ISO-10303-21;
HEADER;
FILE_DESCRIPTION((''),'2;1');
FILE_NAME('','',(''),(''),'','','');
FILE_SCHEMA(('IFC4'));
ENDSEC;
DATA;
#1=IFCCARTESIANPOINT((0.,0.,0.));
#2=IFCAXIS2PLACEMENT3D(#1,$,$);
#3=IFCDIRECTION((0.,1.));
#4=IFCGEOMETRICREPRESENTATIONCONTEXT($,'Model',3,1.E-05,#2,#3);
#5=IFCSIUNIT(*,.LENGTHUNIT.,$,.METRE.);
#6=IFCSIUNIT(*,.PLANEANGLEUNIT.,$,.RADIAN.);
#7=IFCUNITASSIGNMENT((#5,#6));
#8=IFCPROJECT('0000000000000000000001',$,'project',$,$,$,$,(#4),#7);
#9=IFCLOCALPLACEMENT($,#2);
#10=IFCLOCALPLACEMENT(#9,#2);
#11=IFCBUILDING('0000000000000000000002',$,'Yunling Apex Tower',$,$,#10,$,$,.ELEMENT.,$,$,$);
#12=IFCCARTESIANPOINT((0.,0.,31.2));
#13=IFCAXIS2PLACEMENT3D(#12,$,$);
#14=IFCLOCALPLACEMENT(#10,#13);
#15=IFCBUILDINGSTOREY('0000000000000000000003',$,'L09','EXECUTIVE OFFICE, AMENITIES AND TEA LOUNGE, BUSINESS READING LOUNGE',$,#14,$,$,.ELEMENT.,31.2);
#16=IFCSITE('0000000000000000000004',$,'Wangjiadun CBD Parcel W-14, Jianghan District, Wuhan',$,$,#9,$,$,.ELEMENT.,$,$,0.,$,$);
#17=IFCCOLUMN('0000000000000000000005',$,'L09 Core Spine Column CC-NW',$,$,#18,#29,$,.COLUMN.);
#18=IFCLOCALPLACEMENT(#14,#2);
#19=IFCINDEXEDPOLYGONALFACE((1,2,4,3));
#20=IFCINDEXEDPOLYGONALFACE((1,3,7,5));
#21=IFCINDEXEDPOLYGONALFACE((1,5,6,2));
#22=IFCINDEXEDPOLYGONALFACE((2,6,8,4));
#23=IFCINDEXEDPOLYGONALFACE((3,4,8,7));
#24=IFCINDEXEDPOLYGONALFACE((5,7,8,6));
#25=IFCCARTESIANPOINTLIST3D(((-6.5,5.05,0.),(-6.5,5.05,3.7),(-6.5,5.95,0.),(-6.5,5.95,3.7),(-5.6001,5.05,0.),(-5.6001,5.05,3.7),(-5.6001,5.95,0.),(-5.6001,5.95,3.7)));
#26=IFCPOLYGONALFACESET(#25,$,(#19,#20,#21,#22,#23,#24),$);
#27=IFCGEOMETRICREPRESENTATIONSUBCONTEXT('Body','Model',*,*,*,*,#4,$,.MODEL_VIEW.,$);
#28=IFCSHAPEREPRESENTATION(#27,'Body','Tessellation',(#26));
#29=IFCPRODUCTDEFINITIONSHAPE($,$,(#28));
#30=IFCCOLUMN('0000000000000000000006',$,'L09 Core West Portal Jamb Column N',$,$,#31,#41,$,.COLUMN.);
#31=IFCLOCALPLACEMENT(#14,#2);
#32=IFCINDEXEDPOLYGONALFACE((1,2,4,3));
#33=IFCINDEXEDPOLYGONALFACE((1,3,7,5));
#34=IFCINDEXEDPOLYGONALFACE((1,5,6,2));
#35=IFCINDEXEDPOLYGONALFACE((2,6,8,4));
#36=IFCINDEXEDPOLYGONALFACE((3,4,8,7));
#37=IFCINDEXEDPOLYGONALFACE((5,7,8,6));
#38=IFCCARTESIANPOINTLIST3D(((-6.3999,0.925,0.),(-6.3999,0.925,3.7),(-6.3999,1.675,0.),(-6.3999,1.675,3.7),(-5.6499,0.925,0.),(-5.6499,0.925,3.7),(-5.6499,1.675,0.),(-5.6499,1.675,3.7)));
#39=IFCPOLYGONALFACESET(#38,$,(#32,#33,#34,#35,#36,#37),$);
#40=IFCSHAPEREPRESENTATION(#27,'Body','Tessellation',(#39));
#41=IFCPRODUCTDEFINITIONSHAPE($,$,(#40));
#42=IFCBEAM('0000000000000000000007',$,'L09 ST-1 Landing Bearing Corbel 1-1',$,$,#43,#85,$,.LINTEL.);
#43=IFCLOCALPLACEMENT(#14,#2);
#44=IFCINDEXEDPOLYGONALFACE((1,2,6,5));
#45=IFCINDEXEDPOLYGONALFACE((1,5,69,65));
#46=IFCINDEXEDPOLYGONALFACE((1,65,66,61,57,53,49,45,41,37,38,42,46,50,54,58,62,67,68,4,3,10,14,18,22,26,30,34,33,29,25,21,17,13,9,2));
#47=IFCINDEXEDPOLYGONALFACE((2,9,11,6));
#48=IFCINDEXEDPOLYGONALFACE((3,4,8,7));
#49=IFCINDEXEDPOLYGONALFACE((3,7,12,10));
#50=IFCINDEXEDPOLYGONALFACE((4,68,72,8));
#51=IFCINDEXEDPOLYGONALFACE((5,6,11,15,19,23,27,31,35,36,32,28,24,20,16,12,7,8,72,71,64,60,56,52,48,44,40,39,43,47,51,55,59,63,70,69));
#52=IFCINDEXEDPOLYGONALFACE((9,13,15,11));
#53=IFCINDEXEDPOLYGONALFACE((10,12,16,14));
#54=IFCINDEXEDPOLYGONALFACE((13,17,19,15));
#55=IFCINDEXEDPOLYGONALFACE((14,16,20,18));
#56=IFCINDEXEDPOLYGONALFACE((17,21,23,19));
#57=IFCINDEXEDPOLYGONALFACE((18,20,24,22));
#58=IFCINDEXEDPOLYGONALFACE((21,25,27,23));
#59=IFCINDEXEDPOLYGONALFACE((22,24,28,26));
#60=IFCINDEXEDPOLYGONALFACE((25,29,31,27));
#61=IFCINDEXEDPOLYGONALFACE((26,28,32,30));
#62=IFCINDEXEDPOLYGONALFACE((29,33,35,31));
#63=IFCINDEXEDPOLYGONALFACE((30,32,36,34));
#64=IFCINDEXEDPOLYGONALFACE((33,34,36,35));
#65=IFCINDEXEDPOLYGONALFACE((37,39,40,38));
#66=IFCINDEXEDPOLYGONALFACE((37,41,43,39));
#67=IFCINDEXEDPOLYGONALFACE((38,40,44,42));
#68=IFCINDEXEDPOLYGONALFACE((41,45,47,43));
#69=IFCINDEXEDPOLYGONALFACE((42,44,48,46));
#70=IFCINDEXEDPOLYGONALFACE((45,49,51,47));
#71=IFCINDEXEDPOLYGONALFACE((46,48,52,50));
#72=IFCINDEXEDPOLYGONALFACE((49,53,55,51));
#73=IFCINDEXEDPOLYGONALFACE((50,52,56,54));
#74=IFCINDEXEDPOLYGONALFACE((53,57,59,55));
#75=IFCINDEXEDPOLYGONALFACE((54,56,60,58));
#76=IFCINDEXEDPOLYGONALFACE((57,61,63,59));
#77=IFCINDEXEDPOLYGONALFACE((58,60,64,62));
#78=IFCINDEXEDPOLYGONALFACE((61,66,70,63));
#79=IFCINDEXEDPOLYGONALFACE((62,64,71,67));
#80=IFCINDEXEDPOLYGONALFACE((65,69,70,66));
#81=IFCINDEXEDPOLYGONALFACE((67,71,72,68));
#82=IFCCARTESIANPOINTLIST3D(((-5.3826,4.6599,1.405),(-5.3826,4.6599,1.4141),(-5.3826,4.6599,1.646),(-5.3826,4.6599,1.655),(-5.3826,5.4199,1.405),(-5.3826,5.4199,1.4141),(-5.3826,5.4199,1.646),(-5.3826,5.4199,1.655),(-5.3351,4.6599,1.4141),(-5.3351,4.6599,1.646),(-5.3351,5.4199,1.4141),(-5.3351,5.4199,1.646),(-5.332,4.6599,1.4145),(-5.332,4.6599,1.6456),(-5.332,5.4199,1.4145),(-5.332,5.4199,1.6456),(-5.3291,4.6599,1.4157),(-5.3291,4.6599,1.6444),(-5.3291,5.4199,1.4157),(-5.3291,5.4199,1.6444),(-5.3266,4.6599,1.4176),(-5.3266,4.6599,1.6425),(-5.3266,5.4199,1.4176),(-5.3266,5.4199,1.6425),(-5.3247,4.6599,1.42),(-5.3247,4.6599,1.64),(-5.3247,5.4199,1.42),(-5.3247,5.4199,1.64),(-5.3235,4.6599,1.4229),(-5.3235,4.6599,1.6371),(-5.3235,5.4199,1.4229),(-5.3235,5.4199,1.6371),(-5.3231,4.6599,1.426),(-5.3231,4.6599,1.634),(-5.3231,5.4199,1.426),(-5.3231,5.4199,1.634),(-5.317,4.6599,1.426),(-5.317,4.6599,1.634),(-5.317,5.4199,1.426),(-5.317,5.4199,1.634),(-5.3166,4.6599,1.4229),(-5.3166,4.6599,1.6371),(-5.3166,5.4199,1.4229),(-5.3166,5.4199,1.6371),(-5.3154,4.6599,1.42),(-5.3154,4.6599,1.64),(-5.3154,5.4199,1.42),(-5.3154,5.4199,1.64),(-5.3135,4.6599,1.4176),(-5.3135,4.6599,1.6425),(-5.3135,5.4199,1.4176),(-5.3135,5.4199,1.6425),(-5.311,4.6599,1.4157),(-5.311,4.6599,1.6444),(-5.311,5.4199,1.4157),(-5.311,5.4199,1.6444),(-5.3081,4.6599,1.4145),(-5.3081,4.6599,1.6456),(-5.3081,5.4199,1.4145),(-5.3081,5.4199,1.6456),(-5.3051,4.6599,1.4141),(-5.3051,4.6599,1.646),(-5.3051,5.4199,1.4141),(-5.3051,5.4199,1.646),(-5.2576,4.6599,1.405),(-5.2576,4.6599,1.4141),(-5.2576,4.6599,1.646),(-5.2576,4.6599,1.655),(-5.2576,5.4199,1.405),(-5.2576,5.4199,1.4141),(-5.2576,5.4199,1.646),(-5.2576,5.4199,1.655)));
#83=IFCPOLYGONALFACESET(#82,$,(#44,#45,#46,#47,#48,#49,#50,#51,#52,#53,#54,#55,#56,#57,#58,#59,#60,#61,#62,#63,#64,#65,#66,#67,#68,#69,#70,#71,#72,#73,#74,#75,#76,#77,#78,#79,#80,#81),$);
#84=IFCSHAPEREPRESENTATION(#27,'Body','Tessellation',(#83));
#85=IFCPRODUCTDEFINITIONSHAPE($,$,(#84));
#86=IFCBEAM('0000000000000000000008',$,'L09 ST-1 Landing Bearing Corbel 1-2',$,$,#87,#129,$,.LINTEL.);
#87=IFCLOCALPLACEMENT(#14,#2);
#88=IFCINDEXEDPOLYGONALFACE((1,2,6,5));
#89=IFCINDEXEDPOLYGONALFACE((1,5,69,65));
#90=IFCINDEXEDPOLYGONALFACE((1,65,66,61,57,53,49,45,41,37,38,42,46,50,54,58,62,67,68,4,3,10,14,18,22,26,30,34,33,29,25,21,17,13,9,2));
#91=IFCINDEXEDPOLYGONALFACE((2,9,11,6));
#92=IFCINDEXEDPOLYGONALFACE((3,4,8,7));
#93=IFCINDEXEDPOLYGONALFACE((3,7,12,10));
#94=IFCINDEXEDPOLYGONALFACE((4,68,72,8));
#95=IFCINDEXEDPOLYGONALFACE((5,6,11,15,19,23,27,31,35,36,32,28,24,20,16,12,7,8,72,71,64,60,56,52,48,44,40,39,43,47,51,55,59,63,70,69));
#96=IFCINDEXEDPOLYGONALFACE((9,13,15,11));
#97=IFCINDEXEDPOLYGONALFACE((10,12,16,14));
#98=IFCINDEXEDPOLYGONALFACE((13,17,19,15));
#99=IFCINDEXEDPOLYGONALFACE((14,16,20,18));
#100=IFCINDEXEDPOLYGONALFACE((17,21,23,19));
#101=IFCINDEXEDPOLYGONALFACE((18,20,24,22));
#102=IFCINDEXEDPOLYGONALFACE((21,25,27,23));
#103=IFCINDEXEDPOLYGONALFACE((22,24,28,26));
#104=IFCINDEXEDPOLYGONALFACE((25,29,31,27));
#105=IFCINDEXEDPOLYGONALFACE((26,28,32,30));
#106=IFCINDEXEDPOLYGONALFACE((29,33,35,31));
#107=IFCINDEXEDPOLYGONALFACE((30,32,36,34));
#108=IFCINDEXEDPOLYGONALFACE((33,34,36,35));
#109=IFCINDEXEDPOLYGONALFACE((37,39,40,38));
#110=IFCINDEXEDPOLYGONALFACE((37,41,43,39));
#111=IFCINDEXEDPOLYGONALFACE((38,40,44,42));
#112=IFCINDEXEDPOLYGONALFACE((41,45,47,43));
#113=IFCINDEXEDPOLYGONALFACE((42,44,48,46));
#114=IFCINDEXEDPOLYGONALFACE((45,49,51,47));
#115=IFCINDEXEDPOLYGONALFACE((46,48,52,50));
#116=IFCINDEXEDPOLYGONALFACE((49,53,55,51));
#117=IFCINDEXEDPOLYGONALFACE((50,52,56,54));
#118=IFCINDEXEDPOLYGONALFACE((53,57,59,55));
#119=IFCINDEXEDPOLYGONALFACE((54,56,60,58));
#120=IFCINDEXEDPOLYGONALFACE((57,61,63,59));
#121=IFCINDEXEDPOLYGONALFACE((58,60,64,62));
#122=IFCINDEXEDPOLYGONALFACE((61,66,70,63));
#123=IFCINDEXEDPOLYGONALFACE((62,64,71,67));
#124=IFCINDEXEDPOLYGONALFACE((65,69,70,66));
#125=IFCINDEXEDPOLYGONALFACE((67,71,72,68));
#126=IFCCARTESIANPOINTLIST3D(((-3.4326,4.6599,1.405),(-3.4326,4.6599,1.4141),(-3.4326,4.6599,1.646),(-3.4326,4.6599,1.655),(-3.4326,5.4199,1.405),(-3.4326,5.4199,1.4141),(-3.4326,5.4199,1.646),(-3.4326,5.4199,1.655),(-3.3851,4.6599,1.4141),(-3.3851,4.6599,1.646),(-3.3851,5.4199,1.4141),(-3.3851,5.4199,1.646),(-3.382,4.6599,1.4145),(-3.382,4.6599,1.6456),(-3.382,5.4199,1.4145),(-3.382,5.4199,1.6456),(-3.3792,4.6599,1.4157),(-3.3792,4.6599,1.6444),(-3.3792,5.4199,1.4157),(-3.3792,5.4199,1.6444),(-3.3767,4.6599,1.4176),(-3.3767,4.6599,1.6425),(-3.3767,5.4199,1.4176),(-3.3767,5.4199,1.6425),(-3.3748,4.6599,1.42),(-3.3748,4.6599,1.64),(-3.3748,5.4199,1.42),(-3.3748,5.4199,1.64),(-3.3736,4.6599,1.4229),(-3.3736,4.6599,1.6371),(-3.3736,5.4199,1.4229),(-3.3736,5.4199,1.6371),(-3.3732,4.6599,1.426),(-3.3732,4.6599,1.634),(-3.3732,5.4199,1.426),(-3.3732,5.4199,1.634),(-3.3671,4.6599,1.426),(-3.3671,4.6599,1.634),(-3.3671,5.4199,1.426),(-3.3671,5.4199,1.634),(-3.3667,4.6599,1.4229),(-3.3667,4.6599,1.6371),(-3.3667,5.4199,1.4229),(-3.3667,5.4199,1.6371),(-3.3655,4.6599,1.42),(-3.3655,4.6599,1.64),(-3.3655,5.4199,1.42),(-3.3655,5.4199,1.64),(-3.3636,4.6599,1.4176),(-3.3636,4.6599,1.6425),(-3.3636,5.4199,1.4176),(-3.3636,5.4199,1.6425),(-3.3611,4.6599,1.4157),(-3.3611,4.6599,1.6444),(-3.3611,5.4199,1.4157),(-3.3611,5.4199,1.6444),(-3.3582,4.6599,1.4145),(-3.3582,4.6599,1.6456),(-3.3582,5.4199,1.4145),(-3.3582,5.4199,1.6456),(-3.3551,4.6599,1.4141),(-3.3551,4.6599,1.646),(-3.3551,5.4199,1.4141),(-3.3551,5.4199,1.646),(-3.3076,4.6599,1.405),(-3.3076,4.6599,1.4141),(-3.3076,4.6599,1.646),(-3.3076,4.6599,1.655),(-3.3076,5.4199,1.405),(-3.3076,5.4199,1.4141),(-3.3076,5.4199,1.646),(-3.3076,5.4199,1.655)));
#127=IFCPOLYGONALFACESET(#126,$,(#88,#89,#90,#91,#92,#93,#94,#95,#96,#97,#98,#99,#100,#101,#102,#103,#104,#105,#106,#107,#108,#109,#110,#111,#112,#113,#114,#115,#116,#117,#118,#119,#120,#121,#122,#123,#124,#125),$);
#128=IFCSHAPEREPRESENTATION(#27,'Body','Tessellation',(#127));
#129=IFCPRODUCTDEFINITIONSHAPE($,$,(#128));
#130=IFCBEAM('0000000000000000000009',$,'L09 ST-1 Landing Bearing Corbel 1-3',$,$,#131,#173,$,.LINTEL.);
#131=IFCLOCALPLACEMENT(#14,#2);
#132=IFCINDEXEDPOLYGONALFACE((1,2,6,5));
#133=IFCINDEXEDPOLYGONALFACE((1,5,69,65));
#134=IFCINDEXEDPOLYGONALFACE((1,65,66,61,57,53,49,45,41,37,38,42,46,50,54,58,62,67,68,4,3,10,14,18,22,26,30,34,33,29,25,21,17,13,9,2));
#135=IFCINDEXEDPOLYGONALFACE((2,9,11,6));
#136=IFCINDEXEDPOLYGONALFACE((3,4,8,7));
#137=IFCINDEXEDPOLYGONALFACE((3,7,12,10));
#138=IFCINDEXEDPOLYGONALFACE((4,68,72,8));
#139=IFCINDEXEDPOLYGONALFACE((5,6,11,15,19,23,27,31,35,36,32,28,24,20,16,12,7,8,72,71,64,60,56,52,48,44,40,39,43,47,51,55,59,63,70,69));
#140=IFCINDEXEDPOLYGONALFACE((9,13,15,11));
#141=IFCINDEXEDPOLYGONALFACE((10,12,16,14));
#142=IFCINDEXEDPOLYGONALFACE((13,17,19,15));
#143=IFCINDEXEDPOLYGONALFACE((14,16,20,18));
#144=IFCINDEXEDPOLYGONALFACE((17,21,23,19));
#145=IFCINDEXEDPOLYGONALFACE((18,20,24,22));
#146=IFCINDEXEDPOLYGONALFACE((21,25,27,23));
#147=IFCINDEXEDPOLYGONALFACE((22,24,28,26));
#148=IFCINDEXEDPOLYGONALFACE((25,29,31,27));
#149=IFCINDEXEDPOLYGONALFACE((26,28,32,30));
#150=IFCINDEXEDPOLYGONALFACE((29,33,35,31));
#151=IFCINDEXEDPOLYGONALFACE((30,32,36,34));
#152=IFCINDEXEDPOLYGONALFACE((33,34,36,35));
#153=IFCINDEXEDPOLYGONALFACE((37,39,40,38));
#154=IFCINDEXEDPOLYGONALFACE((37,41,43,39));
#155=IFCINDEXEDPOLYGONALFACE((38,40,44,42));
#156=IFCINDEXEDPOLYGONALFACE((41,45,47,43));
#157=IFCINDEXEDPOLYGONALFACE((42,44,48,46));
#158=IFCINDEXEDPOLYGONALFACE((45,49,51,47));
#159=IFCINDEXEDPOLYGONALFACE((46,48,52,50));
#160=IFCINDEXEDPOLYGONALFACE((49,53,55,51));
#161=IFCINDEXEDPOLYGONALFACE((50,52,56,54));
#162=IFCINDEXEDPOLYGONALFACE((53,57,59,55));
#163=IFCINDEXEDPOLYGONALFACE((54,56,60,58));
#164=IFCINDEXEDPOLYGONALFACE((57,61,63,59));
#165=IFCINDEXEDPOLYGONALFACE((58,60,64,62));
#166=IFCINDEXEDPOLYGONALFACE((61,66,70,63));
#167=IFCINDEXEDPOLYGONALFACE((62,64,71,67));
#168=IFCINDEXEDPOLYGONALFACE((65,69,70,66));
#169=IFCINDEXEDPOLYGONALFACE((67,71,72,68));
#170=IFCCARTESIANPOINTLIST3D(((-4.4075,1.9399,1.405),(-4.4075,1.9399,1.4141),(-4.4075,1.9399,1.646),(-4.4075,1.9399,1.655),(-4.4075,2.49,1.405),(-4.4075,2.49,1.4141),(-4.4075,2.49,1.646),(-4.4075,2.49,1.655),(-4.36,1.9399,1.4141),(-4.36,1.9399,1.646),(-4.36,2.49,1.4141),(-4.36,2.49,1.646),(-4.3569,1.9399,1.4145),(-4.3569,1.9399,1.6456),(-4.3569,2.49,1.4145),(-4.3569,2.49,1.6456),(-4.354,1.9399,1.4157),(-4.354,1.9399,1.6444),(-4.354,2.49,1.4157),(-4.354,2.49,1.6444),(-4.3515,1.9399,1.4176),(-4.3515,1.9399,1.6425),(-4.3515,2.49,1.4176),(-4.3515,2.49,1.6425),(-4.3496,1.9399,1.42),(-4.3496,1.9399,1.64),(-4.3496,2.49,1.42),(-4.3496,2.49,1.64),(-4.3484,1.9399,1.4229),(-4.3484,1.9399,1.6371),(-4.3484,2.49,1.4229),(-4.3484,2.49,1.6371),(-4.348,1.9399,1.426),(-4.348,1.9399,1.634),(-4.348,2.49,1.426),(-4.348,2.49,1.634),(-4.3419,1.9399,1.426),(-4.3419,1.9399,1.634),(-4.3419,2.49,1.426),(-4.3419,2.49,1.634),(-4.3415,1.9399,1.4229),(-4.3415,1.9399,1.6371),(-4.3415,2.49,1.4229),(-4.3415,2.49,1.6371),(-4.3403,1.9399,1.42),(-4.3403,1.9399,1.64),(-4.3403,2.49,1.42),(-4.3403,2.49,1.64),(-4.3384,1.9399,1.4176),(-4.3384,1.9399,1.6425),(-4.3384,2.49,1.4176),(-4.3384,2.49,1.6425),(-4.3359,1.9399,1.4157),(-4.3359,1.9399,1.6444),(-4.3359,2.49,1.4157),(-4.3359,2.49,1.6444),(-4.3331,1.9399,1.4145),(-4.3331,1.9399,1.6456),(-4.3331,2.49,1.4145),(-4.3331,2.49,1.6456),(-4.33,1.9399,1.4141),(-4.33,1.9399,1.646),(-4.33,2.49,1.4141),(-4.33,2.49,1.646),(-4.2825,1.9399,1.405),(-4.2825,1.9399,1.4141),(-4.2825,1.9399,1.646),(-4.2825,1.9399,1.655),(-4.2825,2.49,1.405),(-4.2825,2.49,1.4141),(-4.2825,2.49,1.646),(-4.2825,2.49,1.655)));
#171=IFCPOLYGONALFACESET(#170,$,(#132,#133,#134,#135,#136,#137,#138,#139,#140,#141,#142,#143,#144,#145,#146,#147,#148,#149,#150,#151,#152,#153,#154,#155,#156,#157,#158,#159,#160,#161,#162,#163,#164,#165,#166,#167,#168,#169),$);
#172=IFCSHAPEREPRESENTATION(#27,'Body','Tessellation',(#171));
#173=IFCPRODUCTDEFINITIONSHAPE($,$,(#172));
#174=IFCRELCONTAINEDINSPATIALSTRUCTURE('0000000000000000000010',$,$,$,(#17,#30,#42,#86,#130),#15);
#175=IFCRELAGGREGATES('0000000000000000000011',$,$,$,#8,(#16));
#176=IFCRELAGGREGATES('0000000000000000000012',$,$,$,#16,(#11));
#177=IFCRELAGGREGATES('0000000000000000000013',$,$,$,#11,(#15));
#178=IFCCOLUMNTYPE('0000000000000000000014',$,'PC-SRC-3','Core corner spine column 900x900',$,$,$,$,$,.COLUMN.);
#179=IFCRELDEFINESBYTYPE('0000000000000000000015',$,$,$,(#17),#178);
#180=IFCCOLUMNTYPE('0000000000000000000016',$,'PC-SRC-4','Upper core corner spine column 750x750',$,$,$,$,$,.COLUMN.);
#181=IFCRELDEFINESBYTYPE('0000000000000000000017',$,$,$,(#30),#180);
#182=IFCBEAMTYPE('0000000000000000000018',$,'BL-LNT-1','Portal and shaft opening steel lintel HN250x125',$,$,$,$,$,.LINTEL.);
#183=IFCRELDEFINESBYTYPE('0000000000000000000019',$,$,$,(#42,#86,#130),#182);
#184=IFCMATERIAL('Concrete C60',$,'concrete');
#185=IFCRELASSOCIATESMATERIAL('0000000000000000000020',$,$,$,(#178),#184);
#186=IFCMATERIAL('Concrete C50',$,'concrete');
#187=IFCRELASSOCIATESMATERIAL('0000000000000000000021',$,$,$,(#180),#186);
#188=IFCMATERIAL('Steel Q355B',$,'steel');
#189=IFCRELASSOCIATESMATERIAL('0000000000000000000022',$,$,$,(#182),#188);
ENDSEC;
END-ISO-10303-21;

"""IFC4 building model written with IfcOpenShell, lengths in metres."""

from ifc_helpers import new_model, si_unit, direction, frame, origin, origin_2d, place, context, subcontext, project, spatial, rectangle, i_section, extrude, source, transform, mapped, material, material_profile, profile_set, type_object, element, save


model = new_model("IFC4")

# Units and contexts
model_context = context("Model", 3, precision=1e-05, world=origin(), true_north=direction((0.0, 1.0)))
body_context = subcontext(model_context, "Body", "Model", "MODEL_VIEW")
ifc_project = project(units=[si_unit("LENGTHUNIT", "METRE"), si_unit("PLANEANGLEUNIT", "RADIAN")], contexts=[model_context])

# Site, building, storey
site_placement = place(None, origin())
site = spatial("IfcSite", under=ifc_project, at=site_placement, Name="Wangjiadun CBD Parcel W-14, Jianghan District, Wuhan", CompositionType="ELEMENT", RefElevation=0.0)
building_placement = place(site_placement, origin())
building = spatial("IfcBuilding", under=site, at=building_placement, Name="Yunling Apex Tower", CompositionType="ELEMENT")
storey_placement = place(building_placement, frame((0.0, 0.0, 31.2)))
storey = spatial("IfcBuildingStorey", under=building, at=storey_placement, Name="L09", Description="EXECUTIVE OFFICE, AMENITIES AND TEA LOUNGE, BUSINESS READING LOUNGE", CompositionType="ELEMENT", Elevation=31.2)

# Columns
ifc_material_1 = material(Name="Concrete C60", Category="concrete")
ifc_material_profile_1 = material_profile(ifc_material_1, rectangle(XDim=0.8999, YDim=0.8999, at=origin_2d()))
ifc_profile_set_1 = profile_set([ifc_material_profile_1], Name="Concrete C60")
column_type_1 = type_object("IfcColumnType", Name="PC-SRC-3", Description="Core corner spine column 900x900", PredefinedType="COLUMN", material=ifc_profile_set_1)
shared_shape_1 = source(origin(), body_context, "Body", "SweptSolid", [
    extrude(rectangle(XDim=0.8999, YDim=0.8999, at=origin_2d()), origin(), (0.0, 0.0, 1.0), 3.7),
])
column_1_placement = place(storey_placement, frame((-6.05, 5.5, 0.0), z_axis=(0.0, 0.0, 1.0), x_axis=(1.0, 0.0, 0.0)))
element("IfcColumn", 1, at=column_1_placement, inside=storey, type_object=column_type_1, Name="L09 Core Spine Column CC-NW", PredefinedType="COLUMN", context=body_context, shape_type="MappedRepresentation", body=[
    mapped(shared_shape_1, transform((0.0, 0.0, 0.0), scale=1.0)),
])
ifc_material_2 = material(Name="Concrete C50", Category="concrete")
ifc_material_profile_2 = material_profile(ifc_material_2, rectangle(XDim=0.75, YDim=0.75, at=origin_2d()))
ifc_profile_set_2 = profile_set([ifc_material_profile_2], Name="Concrete C50")
column_type_2 = type_object("IfcColumnType", Name="PC-SRC-4", Description="Upper core corner spine column 750x750", PredefinedType="COLUMN", material=ifc_profile_set_2)
shared_shape_2 = source(origin(), body_context, "Body", "SweptSolid", [
    extrude(rectangle(XDim=0.75, YDim=0.75, at=origin_2d()), origin(), (0.0, 0.0, 1.0), 3.7),
])
column_2_placement = place(storey_placement, frame((-6.0249, 1.3, 0.0), z_axis=(0.0, 0.0, 1.0), x_axis=(1.0, 0.0, 0.0)))
element("IfcColumn", 2, at=column_2_placement, inside=storey, type_object=column_type_2, Name="L09 Core West Portal Jamb Column N", PredefinedType="COLUMN", context=body_context, shape_type="MappedRepresentation", body=[
    mapped(shared_shape_2, transform((0.0, 0.0, 0.0), scale=1.0)),
])

# Beams
ifc_material_3 = material(Name="Steel Q355B", Category="steel")
ifc_material_profile_3 = material_profile(ifc_material_3, i_section(OverallWidth=0.125, OverallDepth=0.25, WebThickness=0.0061, FlangeThickness=0.009, FilletRadius=0.012, at=origin_2d()))
ifc_profile_set_3 = profile_set([ifc_material_profile_3], Name="Steel Q355B")
beam_type_1 = type_object("IfcBeamType", Name="BL-LNT-1", Description="Portal and shaft opening steel lintel HN250x125", PredefinedType="LINTEL", material=ifc_profile_set_3)
shared_shape_3 = source(origin(), body_context, "Body", "SweptSolid", [
    extrude(i_section(OverallWidth=0.125, OverallDepth=0.25, WebThickness=0.0061, FlangeThickness=0.009, FilletRadius=0.012, at=origin_2d()), origin(), (0.0, 0.0, 1.0), 0.76),
])
for number, where, z_axis, x_axis, name in (
    (3, (-5.3201, 5.4199, 1.53), (0.0, -1.0, 0.0), (1.0, 0.0, 0.0), "L09 ST-1 Landing Bearing Corbel 1-1"),
    (4, (-3.3701, 5.4199, 1.53), (0.0, -1.0, 0.0), (1.0, 0.0, 0.0), "L09 ST-1 Landing Bearing Corbel 1-2"),
):
    element("IfcBeam", number, at=place(storey_placement, frame(where, z_axis=z_axis, x_axis=x_axis)), inside=storey, type_object=beam_type_1, Name=name, PredefinedType="LINTEL", context=body_context, shape_type="MappedRepresentation", body=[
        mapped(shared_shape_3, transform((0.0, 0.0, 0.0), scale=1.0)),
    ])
shared_shape_4 = source(origin(), body_context, "Body", "SweptSolid", [
    extrude(i_section(OverallWidth=0.125, OverallDepth=0.25, WebThickness=0.0061, FlangeThickness=0.009, FilletRadius=0.012, at=origin_2d()), origin(), (0.0, 0.0, 1.0), 0.55),
])
beam_1_placement = place(storey_placement, frame((-4.345, 1.9399, 1.53), z_axis=(0.0, 1.0, 0.0), x_axis=(-1.0, 0.0, 0.0)))
element("IfcBeam", 5, at=beam_1_placement, inside=storey, type_object=beam_type_1, Name="L09 ST-1 Landing Bearing Corbel 1-3", PredefinedType="LINTEL", context=body_context, shape_type="MappedRepresentation", body=[
    mapped(shared_shape_4, transform((0.0, 0.0, 0.0), scale=1.0)),
])

save(model, "model.ifc")
